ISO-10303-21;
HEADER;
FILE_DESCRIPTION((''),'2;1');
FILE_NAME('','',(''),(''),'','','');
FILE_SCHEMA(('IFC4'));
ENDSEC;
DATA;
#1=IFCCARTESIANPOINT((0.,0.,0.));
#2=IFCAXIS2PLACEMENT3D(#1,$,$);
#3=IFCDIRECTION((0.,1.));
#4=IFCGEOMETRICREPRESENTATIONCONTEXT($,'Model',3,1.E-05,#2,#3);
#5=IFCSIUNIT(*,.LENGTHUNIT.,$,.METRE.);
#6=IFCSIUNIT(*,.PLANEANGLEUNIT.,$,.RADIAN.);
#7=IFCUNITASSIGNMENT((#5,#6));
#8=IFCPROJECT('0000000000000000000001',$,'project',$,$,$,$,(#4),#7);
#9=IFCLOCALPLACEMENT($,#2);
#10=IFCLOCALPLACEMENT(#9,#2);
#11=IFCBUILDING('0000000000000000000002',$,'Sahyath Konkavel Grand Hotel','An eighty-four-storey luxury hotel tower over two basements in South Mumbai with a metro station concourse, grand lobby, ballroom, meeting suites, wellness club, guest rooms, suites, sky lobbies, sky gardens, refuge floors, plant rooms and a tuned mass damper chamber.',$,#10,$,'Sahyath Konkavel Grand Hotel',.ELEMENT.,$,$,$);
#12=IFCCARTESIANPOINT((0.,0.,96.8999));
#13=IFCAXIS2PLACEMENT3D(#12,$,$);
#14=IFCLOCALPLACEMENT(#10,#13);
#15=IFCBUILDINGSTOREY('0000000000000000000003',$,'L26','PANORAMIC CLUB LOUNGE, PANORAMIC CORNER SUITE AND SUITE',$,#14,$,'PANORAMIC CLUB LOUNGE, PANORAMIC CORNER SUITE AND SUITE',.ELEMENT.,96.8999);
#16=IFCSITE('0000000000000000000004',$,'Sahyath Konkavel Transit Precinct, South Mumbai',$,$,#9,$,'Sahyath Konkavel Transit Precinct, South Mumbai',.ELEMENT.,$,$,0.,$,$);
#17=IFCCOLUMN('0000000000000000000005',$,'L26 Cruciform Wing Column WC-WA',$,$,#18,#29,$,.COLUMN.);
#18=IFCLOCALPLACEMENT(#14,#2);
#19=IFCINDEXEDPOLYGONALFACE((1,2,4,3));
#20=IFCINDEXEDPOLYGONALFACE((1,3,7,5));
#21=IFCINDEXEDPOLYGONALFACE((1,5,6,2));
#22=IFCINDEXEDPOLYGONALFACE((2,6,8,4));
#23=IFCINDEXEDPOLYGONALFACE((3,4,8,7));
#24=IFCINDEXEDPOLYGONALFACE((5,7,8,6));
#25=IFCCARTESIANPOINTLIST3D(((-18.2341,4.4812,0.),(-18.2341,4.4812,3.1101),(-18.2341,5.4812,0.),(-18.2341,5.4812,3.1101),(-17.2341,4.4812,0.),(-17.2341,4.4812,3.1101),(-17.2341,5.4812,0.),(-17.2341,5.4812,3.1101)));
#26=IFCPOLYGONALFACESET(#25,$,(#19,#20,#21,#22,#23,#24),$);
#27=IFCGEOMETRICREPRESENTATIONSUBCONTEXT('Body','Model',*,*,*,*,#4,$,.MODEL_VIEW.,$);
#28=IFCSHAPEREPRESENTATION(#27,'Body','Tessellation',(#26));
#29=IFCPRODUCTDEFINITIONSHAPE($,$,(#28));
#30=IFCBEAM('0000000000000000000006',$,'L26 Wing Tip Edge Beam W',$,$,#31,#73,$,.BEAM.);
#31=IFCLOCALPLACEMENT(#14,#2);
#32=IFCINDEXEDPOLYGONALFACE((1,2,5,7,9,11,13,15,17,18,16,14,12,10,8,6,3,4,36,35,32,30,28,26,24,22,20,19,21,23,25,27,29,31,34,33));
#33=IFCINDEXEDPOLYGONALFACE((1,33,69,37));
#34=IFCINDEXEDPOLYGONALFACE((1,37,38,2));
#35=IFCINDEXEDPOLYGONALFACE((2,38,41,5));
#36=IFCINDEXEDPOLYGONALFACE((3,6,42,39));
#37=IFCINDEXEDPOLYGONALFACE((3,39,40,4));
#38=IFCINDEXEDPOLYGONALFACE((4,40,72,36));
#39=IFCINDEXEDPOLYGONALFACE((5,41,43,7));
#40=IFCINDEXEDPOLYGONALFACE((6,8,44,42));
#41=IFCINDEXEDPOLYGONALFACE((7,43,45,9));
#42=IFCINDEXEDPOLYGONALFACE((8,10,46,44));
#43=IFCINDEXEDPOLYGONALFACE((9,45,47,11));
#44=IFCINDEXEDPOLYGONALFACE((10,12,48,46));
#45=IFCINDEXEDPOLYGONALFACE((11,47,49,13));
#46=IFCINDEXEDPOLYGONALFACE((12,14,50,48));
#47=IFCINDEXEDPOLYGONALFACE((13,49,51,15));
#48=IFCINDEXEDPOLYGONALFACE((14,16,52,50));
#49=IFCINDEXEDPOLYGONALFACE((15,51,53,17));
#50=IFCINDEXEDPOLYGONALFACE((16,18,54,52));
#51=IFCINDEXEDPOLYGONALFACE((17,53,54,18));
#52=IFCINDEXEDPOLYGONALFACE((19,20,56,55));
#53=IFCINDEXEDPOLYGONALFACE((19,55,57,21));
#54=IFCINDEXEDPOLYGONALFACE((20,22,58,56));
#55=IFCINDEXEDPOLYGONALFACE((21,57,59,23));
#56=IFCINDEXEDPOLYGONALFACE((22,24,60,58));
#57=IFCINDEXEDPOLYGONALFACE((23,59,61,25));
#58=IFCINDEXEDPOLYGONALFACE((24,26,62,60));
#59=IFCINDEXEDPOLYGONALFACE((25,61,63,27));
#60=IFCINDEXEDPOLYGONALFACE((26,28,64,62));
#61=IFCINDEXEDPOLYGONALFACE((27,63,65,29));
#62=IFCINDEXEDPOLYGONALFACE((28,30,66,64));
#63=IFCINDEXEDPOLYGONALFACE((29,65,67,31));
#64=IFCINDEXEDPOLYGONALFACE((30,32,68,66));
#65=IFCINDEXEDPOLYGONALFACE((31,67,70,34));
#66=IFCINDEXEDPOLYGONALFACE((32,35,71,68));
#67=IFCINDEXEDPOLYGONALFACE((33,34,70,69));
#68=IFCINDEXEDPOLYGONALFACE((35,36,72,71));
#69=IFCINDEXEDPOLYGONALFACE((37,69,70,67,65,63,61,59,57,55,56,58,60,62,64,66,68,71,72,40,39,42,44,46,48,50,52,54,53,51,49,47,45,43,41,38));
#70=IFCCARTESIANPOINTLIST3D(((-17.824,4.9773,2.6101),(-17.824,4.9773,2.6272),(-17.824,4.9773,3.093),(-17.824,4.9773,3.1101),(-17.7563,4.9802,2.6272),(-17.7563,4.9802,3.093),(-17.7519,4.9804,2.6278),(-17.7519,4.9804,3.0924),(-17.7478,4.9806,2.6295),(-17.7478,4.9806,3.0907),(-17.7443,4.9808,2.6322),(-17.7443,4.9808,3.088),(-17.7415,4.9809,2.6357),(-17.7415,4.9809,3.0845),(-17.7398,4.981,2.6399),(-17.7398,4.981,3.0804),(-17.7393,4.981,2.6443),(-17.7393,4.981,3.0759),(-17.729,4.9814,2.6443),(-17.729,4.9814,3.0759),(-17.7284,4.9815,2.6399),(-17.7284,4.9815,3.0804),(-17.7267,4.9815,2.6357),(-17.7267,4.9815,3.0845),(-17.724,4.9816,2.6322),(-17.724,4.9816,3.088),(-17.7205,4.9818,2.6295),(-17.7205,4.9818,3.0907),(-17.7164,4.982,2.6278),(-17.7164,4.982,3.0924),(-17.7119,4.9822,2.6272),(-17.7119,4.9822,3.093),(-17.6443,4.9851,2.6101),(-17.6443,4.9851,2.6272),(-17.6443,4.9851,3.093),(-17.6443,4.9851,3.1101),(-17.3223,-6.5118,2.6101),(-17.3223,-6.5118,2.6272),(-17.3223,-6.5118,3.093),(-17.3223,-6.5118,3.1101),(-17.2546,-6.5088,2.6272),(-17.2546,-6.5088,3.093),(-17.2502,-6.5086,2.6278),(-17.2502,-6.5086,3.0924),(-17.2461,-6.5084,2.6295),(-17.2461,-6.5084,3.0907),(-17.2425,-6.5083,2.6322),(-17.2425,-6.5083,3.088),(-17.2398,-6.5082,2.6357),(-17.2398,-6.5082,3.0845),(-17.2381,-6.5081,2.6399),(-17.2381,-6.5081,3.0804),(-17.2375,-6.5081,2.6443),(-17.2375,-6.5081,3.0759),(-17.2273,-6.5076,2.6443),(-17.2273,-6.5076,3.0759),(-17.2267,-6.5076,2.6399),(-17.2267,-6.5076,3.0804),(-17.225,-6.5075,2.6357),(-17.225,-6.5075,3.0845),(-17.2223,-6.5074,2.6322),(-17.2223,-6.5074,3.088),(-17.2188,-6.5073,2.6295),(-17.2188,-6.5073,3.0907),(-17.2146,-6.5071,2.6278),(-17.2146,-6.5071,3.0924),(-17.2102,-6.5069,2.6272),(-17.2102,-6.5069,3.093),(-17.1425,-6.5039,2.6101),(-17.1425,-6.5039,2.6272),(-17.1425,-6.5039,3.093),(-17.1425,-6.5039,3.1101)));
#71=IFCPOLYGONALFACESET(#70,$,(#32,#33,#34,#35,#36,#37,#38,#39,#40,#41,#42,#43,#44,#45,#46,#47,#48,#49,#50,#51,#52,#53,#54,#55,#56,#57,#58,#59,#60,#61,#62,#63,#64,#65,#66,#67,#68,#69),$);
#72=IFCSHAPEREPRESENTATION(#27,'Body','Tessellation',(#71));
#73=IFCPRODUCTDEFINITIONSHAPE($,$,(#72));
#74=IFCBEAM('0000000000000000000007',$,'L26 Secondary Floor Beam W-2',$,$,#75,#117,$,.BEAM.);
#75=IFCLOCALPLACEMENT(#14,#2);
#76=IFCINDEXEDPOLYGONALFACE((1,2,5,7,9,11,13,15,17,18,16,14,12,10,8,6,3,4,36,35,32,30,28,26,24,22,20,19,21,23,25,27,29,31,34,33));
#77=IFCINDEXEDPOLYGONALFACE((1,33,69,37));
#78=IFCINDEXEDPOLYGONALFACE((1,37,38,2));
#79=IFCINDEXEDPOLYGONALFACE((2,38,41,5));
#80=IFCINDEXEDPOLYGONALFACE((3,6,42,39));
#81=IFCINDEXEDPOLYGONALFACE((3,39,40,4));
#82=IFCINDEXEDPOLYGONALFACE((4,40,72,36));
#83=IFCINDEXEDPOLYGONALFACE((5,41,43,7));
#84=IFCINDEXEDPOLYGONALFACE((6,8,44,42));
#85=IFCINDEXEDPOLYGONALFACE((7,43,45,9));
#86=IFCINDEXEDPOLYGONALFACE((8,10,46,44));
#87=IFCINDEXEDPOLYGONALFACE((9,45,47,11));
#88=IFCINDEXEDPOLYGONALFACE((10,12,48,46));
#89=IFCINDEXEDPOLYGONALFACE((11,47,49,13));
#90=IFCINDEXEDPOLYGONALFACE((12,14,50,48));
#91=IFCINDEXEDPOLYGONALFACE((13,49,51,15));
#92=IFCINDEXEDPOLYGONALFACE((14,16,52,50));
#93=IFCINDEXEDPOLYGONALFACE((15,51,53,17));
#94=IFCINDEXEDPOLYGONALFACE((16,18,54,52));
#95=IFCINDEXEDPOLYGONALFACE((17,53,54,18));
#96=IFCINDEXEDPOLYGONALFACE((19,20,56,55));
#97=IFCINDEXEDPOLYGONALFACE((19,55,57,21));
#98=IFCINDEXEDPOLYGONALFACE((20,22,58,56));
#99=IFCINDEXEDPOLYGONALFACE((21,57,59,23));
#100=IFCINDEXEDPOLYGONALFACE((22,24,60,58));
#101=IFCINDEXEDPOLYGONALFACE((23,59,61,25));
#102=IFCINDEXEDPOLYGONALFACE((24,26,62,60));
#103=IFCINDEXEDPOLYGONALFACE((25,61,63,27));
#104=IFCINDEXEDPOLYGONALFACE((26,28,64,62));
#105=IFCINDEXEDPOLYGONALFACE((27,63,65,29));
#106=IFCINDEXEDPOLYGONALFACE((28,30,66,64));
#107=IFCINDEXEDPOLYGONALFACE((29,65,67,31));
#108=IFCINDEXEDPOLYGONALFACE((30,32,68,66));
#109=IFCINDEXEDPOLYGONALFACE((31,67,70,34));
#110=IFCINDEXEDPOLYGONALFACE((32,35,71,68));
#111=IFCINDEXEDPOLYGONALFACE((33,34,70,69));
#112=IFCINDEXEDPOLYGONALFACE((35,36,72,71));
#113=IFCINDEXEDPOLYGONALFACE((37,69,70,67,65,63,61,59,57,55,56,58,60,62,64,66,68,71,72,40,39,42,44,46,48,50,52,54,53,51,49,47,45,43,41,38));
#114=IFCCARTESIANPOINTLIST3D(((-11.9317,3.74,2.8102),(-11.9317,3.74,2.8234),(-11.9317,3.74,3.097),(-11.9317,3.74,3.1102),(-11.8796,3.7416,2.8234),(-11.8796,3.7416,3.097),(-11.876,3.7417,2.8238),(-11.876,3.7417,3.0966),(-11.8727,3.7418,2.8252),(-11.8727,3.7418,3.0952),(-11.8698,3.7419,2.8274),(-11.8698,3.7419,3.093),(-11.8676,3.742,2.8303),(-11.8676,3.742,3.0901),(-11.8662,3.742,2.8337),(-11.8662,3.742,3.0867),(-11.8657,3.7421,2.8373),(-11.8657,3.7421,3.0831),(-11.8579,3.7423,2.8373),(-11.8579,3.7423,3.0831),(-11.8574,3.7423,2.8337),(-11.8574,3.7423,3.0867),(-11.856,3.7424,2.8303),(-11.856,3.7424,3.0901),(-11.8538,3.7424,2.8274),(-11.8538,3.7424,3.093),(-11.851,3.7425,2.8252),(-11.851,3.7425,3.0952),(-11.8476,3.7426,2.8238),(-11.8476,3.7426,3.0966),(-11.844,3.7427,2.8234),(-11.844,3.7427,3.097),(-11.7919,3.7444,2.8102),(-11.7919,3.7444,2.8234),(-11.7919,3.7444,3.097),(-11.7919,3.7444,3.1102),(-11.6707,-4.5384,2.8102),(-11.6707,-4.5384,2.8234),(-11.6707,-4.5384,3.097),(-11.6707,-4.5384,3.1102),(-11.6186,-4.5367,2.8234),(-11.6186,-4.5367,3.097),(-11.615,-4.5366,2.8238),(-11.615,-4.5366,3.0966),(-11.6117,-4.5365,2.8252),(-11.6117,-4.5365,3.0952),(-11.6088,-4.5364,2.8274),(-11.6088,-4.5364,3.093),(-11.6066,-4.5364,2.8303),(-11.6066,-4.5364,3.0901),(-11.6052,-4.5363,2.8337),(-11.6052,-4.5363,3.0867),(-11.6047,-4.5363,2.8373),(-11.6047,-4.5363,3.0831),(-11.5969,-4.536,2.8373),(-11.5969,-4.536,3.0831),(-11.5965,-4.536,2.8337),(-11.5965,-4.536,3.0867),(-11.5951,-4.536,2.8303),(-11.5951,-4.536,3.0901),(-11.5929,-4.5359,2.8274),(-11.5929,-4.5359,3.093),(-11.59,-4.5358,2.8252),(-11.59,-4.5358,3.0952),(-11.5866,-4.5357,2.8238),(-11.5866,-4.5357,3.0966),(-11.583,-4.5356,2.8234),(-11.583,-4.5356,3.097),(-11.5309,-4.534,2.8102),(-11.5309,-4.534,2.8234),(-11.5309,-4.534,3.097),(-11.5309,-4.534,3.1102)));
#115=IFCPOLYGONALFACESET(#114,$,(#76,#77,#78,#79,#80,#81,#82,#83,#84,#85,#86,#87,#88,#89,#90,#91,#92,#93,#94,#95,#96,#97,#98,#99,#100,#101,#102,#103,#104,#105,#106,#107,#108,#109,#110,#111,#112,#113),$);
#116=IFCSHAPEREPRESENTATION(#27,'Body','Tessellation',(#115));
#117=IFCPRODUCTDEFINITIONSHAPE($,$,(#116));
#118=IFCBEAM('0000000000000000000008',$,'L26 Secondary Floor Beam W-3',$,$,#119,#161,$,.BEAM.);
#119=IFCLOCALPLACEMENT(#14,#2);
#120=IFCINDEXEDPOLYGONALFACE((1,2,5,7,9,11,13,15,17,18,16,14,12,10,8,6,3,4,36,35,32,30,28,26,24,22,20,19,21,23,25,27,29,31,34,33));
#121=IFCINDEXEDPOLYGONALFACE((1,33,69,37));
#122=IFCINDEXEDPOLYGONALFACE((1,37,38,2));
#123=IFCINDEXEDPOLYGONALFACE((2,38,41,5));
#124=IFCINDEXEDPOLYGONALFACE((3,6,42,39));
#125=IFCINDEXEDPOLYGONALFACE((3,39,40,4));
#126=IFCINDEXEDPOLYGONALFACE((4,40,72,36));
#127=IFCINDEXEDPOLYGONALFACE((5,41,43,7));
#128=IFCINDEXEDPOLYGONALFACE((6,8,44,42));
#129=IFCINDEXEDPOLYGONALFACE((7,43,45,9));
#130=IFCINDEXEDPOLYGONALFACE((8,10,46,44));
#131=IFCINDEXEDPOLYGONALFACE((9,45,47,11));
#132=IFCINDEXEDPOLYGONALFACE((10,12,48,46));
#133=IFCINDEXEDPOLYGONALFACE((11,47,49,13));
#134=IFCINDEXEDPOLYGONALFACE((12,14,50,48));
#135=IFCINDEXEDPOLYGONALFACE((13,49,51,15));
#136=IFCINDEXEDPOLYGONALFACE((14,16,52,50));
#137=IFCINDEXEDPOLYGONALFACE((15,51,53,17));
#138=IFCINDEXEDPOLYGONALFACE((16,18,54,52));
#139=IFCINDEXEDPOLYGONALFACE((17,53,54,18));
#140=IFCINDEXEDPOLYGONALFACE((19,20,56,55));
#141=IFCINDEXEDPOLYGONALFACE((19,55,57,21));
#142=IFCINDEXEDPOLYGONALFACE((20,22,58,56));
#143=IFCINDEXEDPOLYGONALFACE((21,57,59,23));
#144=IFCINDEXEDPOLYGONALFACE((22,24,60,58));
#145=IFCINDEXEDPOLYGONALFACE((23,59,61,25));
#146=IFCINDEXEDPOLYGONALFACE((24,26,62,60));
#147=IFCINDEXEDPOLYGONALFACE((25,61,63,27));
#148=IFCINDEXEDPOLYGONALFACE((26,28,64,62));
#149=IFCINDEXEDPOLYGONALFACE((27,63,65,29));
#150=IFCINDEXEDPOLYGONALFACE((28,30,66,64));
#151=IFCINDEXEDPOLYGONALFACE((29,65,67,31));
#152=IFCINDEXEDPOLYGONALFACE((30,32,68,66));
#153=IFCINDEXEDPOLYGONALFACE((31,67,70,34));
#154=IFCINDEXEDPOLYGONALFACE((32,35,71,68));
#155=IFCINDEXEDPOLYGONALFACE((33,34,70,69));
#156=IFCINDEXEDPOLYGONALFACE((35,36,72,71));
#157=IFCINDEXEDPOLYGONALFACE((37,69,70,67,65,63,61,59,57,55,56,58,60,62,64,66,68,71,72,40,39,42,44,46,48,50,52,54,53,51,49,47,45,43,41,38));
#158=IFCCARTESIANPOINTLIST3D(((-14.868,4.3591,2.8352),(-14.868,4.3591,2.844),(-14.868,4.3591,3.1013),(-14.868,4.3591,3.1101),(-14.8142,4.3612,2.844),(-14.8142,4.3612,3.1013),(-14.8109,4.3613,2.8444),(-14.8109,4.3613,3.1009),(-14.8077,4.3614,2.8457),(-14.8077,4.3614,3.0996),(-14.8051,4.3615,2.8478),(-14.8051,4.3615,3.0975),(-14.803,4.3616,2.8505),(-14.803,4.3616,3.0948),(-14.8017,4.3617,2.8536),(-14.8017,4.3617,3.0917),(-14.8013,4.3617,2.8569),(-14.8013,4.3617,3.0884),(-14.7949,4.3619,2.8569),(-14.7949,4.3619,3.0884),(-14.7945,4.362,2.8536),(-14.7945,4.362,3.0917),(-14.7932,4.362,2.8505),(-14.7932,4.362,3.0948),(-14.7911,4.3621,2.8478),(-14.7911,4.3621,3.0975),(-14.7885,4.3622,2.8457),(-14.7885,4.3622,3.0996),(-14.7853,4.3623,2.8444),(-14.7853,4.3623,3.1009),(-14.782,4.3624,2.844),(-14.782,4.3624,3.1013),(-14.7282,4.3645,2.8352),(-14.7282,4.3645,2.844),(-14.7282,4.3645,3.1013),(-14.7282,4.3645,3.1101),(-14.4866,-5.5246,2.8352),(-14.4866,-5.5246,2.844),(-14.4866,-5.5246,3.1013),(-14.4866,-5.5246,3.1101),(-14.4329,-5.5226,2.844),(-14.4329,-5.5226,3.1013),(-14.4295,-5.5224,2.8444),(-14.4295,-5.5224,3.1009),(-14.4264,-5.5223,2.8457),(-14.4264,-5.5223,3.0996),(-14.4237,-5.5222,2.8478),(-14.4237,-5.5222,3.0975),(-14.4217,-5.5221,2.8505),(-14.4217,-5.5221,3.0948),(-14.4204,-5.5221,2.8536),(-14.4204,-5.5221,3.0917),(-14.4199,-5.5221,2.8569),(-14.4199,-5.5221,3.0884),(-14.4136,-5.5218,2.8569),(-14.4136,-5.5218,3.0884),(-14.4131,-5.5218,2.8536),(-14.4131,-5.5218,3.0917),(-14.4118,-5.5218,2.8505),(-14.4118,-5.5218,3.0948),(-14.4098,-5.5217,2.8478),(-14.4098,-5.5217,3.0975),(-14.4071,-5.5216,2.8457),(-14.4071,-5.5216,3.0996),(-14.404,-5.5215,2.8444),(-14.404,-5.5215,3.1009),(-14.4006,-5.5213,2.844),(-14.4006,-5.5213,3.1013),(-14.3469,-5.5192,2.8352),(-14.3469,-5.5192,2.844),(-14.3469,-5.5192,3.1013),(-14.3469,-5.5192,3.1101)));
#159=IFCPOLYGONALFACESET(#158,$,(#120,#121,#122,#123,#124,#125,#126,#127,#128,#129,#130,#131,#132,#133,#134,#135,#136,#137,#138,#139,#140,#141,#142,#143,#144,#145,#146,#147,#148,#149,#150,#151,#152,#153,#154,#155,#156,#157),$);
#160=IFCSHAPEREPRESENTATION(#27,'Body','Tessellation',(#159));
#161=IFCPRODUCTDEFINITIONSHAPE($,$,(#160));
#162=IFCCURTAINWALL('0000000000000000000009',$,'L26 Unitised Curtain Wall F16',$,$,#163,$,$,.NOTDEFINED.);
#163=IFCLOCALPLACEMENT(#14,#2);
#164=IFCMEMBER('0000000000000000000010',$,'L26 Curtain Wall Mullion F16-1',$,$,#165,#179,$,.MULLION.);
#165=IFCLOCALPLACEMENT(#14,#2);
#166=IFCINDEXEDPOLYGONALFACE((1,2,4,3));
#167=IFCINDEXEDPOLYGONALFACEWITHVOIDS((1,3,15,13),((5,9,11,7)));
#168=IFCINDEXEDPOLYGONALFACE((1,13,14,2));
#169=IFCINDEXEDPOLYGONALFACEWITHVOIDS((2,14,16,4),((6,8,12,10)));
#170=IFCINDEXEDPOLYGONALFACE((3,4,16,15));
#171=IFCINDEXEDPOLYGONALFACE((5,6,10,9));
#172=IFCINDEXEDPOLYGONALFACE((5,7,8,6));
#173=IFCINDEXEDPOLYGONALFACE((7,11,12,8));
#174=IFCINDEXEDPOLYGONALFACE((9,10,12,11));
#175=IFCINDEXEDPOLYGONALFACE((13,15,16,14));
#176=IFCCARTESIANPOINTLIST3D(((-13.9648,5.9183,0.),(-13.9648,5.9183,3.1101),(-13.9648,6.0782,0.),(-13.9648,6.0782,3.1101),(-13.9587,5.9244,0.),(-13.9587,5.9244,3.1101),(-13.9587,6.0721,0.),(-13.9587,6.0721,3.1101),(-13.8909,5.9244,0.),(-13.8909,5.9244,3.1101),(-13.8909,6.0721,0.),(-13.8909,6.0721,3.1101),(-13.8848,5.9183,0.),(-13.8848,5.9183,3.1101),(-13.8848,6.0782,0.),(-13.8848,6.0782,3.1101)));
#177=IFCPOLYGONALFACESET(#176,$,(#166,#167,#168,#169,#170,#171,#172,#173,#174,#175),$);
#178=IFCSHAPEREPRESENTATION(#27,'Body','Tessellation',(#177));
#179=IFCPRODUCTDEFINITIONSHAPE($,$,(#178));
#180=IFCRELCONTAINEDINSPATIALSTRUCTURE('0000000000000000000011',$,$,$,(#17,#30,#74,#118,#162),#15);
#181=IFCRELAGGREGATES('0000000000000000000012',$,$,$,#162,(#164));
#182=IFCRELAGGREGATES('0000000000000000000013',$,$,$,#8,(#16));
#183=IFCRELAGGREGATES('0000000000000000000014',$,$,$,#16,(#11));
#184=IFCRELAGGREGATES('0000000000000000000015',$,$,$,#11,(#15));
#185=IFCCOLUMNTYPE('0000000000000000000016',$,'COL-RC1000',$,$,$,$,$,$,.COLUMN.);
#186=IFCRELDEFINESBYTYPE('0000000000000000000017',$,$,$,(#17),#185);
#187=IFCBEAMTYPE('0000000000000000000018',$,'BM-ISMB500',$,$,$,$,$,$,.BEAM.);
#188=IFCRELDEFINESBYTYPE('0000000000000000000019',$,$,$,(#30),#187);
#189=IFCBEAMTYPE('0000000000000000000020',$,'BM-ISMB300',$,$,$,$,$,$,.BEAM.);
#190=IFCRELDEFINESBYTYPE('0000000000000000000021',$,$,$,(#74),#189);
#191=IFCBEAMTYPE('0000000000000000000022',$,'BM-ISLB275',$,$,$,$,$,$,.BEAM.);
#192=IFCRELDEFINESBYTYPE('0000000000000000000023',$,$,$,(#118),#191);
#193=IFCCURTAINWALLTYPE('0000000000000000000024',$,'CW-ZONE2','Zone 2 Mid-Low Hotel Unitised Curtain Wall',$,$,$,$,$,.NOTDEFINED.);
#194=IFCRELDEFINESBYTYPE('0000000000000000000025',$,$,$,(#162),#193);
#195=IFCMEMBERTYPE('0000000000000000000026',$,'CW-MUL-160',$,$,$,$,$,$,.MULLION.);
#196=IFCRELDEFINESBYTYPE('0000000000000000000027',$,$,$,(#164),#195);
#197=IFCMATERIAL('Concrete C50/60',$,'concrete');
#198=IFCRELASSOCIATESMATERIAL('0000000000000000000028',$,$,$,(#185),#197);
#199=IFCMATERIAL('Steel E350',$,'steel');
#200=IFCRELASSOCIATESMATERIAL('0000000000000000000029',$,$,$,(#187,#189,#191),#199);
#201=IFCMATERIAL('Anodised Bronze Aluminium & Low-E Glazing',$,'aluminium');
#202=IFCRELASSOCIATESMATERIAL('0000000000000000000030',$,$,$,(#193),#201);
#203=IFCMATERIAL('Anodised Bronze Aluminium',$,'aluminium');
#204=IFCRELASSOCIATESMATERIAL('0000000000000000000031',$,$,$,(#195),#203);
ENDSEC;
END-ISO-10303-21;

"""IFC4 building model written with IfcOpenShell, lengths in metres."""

from ifc_helpers import new_model, si_unit, direction, frame, origin, origin_2d, place, context, subcontext, project, spatial, rectangle, hollow_rectangle, i_section, extrude, source, transform, mapped, material, material_profile, profile_set, type_object, element, aggregate, save


model = new_model("IFC4")

# Units and contexts
model_context = context("Model", 3, precision=1e-05, world=origin(), true_north=direction((0.0, 1.0)))
body_context = subcontext(model_context, "Body", "Model", "MODEL_VIEW")
ifc_project = project(units=[si_unit("LENGTHUNIT", "METRE"), si_unit("PLANEANGLEUNIT", "RADIAN")], contexts=[model_context])

# Site, building, storey
site_placement = place(None, origin())
site = spatial("IfcSite", under=ifc_project, at=site_placement, Name="Sahyath Konkavel Transit Precinct, South Mumbai", LongName="Sahyath Konkavel Transit Precinct, South Mumbai", CompositionType="ELEMENT", RefElevation=0.0)
building_placement = place(site_placement, origin())
building = spatial("IfcBuilding", under=site, at=building_placement, Name="Sahyath Konkavel Grand Hotel", Description="An eighty-four-storey luxury hotel tower over two basements in South Mumbai with a metro station concourse, grand lobby, ballroom, meeting suites, wellness club, guest rooms, suites, sky lobbies, sky gardens, refuge floors, plant rooms and a tuned mass damper chamber.", LongName="Sahyath Konkavel Grand Hotel", CompositionType="ELEMENT")
storey_placement = place(building_placement, frame((0.0, 0.0, 96.8999)))
storey = spatial("IfcBuildingStorey", under=building, at=storey_placement, Name="L26", Description="PANORAMIC CLUB LOUNGE, PANORAMIC CORNER SUITE AND SUITE", LongName="PANORAMIC CLUB LOUNGE, PANORAMIC CORNER SUITE AND SUITE", CompositionType="ELEMENT", Elevation=96.8999)

# Column
ifc_material_1 = material(Name="Concrete C50/60", Category="concrete")
ifc_material_profile_1 = material_profile(ifc_material_1, rectangle(XDim=1.0, YDim=1.0, at=origin_2d()), Name="RC 1000x1000")
ifc_profile_set_1 = profile_set([ifc_material_profile_1], Name="Concrete C50/60")
column_type = type_object("IfcColumnType", Name="COL-RC1000", PredefinedType="COLUMN", material=ifc_profile_set_1)
shared_shape_1 = source(origin(), body_context, "Body", "SweptSolid", [
    extrude(rectangle(XDim=1.0, YDim=1.0, at=origin_2d()), origin(), (0.0, 0.0, 1.0), 3.1101),
])
column_placement = place(storey_placement, frame((-17.7341, 4.9812, 0.0), z_axis=(0.0, 0.0, 1.0), x_axis=(1.0, 0.0, 0.0)))
element("IfcColumn", 1, at=column_placement, inside=storey, type_object=column_type, Name="L26 Cruciform Wing Column WC-WA", PredefinedType="COLUMN", context=body_context, shape_type="MappedRepresentation", body=[
    mapped(shared_shape_1, transform((0.0, 0.0, 0.0), scale=1.0)),
])

# Beams
ifc_material_2 = material(Name="Steel E350", Category="steel")
ifc_material_profile_2 = material_profile(ifc_material_2, i_section(OverallWidth=0.1799, OverallDepth=0.5, WebThickness=0.0103, FlangeThickness=0.0171, FilletRadius=0.0171, at=origin_2d()), Name="ISMB 500")
ifc_profile_set_2 = profile_set([ifc_material_profile_2], Name="Steel E350")
beam_type_1 = type_object("IfcBeamType", Name="BM-ISMB500", PredefinedType="BEAM", material=ifc_profile_set_2)
shared_shape_2 = source(origin(), body_context, "Body", "SweptSolid", [
    extrude(i_section(OverallWidth=0.1799, OverallDepth=0.5, WebThickness=0.0103, FlangeThickness=0.0171, FilletRadius=0.0171, at=origin_2d()), origin(), (0.0, 0.0, 1.0), 11.5),
])
beam_1_placement = place(storey_placement, frame((-17.7341, 4.9812, 2.8601), z_axis=(0.043627, -0.999048, 0.0), x_axis=(0.999048, 0.043627, 0.0)))
element("IfcBeam", 2, at=beam_1_placement, inside=storey, type_object=beam_type_1, Name="L26 Wing Tip Edge Beam W", PredefinedType="BEAM", context=body_context, shape_type="MappedRepresentation", body=[
    mapped(shared_shape_2, transform((0.0, 0.0, 0.0), scale=1.0)),
])
ifc_material_profile_3 = material_profile(ifc_material_2, i_section(OverallWidth=0.1399, OverallDepth=0.3, WebThickness=0.0078, FlangeThickness=0.0132, FilletRadius=0.0139, at=origin_2d()), Name="ISMB 300")
ifc_profile_set_3 = profile_set([ifc_material_profile_3], Name="Steel E350")
beam_type_2 = type_object("IfcBeamType", Name="BM-ISMB300", PredefinedType="BEAM", material=ifc_profile_set_3)
shared_shape_3 = source(origin(), body_context, "Body", "SweptSolid", [
    extrude(i_section(OverallWidth=0.1399, OverallDepth=0.3, WebThickness=0.0078, FlangeThickness=0.0132, FilletRadius=0.0139, at=origin_2d()), origin(), (0.0, 0.0, 1.0), 8.2825),
])
beam_2_placement = place(storey_placement, frame((-11.8618, 3.7422, 2.9602), z_axis=(0.031511, -0.999503, 0.0), x_axis=(0.999503, 0.031511, 0.0)))
element("IfcBeam", 3, at=beam_2_placement, inside=storey, type_object=beam_type_2, Name="L26 Secondary Floor Beam W-2", PredefinedType="BEAM", context=body_context, shape_type="MappedRepresentation", body=[
    mapped(shared_shape_3, transform((0.0, 0.0, 0.0), scale=1.0)),
])
ifc_material_profile_4 = material_profile(ifc_material_2, i_section(OverallWidth=0.1399, OverallDepth=0.2749, WebThickness=0.0063, FlangeThickness=0.0088, FilletRadius=0.0129, at=origin_2d()), Name="ISLB 275")
ifc_profile_set_4 = profile_set([ifc_material_profile_4], Name="Steel E350")
beam_type_3 = type_object("IfcBeamType", Name="BM-ISLB275", PredefinedType="BEAM", material=ifc_profile_set_4)
shared_shape_4 = source(origin(), body_context, "Body", "SweptSolid", [
    extrude(i_section(OverallWidth=0.1399, OverallDepth=0.2749, WebThickness=0.0063, FlangeThickness=0.0088, FilletRadius=0.0129, at=origin_2d()), origin(), (0.0, 0.0, 1.0), 9.8911),
])
beam_3_placement = place(storey_placement, frame((-14.7981, 4.3618, 2.9727), z_axis=(0.038554, -0.999257, 0.0), x_axis=(0.999257, 0.038554, 0.0)))
element("IfcBeam", 4, at=beam_3_placement, inside=storey, type_object=beam_type_3, Name="L26 Secondary Floor Beam W-3", PredefinedType="BEAM", context=body_context, shape_type="MappedRepresentation", body=[
    mapped(shared_shape_4, transform((0.0, 0.0, 0.0), scale=1.0)),
])

# Curtain wall, member
ifc_material_3 = material(Name="Anodised Bronze Aluminium & Low-E Glazing", Category="aluminium")
curtain_wall_type = type_object("IfcCurtainWallType", Name="CW-ZONE2", Description="Zone 2 Mid-Low Hotel Unitised Curtain Wall", PredefinedType="NOTDEFINED", material=ifc_material_3)
curtain_wall_1_placement = place(storey_placement, origin())
curtain_wall_1 = element("IfcCurtainWall", 5, at=curtain_wall_1_placement, inside=storey, type_object=curtain_wall_type, Name="L26 Unitised Curtain Wall F16", PredefinedType="NOTDEFINED")
ifc_material_4 = material(Name="Anodised Bronze Aluminium", Category="aluminium")
ifc_material_profile_5 = material_profile(ifc_material_4, hollow_rectangle(XDim=0.0801, YDim=0.1599, WallThickness=0.0061, at=origin_2d()), Name="RHS 160x80x6")
ifc_profile_set_5 = profile_set([ifc_material_profile_5], Name="Anodised Bronze Aluminium")
member_type_1 = type_object("IfcMemberType", Name="CW-MUL-160", PredefinedType="MULLION", material=ifc_profile_set_5)
shared_shape_5 = source(origin(), body_context, "Body", "SweptSolid", [
    extrude(hollow_rectangle(XDim=0.0801, YDim=0.1599, WallThickness=0.0061, at=origin_2d()), origin(), (0.0, 0.0, 1.0), 3.1101),
])
member_1_placement = place(storey_placement, frame((-13.9248, 5.9983, 0.0), z_axis=(0.0, 0.0, 1.0), x_axis=(1.0, 0.0, 0.0)))
member_1 = element("IfcMember", 6, at=member_1_placement, type_object=member_type_1, Name="L26 Curtain Wall Mullion F16-1", PredefinedType="MULLION", context=body_context, shape_type="MappedRepresentation", body=[
    mapped(shared_shape_5, transform((0.0, 0.0, 0.0), scale=1.0)),
])

aggregate(curtain_wall_1, [member_1])

save(model, "model.ifc")
